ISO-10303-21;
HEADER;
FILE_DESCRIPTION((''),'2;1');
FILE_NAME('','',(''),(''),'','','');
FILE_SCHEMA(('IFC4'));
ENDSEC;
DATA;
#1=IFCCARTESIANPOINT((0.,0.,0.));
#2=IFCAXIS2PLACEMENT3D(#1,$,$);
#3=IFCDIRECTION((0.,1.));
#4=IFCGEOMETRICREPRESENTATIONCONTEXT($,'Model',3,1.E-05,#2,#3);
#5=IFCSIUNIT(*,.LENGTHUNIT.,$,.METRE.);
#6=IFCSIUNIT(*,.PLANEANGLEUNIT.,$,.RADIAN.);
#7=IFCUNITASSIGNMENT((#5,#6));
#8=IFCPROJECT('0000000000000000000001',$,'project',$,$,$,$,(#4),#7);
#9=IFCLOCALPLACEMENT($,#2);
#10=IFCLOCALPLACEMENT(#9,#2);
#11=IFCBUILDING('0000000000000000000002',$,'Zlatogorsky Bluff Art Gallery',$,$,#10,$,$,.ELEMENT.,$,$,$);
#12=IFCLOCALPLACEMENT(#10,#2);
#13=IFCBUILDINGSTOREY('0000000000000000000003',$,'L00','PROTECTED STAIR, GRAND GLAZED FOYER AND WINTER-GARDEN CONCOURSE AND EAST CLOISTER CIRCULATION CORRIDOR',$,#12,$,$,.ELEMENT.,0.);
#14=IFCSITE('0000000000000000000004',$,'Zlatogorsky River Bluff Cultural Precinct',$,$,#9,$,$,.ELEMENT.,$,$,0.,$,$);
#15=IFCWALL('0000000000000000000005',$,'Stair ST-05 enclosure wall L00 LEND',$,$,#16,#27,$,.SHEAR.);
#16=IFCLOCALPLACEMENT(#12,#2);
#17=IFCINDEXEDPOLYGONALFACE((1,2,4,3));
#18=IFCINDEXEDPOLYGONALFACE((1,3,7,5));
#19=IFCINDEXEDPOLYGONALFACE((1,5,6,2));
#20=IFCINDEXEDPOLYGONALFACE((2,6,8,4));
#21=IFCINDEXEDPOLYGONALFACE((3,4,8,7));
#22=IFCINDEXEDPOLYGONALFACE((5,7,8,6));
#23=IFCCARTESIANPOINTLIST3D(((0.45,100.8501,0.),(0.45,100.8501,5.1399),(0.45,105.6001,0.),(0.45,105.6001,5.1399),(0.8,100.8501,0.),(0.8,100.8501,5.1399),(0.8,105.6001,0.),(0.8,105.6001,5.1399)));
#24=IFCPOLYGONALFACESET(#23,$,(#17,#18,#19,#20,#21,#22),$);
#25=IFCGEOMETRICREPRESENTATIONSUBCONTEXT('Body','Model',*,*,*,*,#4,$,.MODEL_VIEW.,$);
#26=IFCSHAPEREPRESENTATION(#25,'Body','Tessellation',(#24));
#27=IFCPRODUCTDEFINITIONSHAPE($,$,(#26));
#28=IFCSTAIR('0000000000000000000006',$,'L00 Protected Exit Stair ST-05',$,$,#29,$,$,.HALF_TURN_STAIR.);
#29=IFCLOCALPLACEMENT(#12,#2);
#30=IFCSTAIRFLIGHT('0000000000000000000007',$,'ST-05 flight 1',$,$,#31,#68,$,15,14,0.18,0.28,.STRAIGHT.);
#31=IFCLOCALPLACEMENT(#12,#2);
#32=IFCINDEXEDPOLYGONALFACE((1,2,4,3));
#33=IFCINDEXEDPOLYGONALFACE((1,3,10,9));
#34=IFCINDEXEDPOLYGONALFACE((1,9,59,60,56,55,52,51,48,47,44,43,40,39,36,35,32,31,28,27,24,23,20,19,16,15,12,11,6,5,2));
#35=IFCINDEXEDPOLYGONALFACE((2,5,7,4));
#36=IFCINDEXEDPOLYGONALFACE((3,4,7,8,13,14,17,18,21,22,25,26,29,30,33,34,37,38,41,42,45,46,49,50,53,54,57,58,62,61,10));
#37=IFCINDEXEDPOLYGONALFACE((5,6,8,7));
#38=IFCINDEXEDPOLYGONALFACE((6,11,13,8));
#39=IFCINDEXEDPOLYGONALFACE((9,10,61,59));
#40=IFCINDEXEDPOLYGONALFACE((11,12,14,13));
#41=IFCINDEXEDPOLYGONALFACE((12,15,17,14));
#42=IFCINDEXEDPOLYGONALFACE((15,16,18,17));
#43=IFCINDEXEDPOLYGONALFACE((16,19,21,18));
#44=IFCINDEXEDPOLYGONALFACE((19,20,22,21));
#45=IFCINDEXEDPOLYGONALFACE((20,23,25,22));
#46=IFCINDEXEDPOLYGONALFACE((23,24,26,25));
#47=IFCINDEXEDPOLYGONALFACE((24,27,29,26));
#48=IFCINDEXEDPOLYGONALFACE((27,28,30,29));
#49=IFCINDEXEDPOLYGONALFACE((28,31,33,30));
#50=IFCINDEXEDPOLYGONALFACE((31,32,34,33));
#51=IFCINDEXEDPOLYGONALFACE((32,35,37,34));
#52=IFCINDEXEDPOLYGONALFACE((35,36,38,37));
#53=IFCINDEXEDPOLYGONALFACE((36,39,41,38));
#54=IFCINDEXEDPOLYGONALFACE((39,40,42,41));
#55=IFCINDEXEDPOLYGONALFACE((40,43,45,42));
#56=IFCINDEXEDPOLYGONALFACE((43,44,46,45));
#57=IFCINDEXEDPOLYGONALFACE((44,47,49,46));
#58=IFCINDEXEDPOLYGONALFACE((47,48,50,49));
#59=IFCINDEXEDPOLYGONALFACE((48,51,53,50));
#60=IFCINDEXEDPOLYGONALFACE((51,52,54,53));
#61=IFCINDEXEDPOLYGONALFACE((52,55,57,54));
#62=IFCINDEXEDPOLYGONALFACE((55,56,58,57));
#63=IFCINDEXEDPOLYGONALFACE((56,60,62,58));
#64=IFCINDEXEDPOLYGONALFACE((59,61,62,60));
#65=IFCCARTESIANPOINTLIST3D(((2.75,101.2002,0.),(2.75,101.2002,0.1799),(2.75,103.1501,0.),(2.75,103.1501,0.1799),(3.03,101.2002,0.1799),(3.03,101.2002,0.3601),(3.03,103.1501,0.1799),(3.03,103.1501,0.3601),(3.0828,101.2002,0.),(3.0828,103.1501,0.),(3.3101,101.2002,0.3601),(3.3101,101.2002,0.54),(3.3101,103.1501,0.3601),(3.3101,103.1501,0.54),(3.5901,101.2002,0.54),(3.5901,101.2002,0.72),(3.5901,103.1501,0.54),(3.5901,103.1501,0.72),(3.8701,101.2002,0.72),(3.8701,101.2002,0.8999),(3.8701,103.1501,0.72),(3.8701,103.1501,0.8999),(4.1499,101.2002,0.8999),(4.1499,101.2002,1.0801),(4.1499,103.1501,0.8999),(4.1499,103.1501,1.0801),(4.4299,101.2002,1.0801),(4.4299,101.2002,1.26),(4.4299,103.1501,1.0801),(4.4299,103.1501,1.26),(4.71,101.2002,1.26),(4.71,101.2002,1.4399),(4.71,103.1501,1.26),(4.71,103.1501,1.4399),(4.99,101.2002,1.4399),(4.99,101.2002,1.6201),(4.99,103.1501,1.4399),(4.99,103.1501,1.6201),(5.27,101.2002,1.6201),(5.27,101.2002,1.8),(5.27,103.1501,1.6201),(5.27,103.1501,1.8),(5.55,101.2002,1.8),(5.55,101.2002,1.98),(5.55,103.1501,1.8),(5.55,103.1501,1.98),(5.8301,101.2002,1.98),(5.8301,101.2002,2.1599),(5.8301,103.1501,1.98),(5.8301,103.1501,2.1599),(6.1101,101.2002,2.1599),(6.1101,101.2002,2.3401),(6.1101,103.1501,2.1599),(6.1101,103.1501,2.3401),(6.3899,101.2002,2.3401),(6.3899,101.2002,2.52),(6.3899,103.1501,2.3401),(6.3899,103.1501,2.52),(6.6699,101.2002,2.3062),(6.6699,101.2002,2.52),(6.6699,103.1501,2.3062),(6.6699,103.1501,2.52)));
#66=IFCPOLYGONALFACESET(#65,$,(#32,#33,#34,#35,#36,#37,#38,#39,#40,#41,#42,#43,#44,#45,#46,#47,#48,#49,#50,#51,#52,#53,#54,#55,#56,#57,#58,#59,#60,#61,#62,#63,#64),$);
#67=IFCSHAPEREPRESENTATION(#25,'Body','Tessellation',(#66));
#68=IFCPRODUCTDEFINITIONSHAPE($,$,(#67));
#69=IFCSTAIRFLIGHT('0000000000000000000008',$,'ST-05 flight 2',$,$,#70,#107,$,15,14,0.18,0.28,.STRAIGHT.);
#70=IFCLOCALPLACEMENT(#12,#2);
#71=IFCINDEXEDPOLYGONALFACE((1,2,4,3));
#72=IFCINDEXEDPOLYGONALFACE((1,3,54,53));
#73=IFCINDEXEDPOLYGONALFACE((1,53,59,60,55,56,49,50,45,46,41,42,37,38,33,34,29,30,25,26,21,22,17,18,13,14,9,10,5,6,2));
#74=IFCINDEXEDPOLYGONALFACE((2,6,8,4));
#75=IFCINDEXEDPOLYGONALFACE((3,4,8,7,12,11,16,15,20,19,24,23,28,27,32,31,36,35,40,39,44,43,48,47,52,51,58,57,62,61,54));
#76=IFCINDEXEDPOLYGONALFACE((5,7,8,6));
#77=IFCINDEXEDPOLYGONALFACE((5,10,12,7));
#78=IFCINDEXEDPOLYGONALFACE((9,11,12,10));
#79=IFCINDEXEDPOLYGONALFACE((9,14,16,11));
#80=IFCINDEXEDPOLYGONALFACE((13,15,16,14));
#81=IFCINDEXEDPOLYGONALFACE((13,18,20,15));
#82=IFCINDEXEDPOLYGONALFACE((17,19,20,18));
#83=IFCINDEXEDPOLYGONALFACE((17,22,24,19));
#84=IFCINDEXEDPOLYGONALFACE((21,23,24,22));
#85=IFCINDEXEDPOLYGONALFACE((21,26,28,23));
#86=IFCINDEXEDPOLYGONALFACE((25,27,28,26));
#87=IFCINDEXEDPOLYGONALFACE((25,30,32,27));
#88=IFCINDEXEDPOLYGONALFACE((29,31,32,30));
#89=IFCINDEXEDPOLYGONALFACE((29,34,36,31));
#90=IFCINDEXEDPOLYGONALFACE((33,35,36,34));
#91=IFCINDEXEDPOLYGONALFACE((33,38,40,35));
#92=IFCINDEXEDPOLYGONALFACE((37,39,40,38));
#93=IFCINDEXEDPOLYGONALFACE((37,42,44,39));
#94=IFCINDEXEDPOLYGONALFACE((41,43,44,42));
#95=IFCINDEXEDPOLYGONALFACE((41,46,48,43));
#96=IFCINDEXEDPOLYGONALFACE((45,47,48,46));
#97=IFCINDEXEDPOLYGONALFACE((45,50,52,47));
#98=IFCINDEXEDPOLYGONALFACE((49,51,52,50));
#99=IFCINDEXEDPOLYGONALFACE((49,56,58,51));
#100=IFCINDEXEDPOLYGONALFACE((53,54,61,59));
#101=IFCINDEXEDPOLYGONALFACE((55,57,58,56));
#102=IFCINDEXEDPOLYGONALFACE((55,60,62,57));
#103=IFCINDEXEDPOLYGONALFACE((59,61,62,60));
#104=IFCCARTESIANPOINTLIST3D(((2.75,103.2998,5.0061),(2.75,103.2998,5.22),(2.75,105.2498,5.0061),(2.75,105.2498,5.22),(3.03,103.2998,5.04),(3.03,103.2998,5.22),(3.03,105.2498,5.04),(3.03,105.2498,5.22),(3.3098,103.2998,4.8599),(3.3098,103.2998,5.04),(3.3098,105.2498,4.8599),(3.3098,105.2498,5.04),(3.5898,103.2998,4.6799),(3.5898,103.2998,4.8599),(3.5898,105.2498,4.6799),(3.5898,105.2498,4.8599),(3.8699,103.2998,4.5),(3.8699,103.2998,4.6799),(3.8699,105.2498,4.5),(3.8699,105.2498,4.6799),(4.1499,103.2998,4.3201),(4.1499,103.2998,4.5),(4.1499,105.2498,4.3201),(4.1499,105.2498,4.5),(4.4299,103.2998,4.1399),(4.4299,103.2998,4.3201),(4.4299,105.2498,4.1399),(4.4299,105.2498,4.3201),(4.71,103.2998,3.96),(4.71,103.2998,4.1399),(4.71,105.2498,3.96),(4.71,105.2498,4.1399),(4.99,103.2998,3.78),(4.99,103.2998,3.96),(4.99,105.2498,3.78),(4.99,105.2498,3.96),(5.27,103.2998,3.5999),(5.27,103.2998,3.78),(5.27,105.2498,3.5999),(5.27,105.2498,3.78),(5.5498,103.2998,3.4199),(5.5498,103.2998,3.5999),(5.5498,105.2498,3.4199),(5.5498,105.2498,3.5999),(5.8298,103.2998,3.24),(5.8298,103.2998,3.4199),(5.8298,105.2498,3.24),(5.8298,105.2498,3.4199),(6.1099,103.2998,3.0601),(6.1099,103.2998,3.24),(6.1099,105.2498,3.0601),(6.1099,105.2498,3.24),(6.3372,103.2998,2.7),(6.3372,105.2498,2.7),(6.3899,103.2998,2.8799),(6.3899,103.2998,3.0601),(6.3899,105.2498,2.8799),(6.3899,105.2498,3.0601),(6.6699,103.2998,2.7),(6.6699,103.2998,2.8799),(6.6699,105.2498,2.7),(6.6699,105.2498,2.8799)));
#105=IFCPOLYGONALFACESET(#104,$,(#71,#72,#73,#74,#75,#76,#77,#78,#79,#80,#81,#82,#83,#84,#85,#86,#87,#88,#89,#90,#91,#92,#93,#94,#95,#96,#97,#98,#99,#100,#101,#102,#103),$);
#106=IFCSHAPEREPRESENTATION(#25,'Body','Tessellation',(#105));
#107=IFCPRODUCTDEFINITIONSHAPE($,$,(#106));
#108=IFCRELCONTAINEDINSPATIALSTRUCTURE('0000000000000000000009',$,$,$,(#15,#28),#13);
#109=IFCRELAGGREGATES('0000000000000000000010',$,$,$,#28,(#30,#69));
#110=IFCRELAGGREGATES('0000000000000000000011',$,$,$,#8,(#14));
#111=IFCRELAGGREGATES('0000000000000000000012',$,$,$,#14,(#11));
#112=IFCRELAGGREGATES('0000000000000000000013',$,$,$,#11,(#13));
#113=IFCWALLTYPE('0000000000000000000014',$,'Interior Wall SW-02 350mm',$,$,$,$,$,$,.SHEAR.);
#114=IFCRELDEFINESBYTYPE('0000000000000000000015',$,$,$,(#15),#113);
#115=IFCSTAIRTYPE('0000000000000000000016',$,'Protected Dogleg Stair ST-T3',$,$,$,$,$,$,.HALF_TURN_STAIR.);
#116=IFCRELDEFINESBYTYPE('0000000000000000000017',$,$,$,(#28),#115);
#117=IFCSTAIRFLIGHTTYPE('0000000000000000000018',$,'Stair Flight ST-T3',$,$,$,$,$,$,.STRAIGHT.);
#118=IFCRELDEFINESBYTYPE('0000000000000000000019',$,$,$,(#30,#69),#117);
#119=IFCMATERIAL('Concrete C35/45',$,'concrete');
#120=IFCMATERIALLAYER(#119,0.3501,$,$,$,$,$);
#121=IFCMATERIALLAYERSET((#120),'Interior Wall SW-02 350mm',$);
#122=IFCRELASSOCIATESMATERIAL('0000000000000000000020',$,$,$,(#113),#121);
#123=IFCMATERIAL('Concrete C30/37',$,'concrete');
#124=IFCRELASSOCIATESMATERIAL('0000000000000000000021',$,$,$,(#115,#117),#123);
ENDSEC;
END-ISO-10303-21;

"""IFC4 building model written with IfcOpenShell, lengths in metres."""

from ifc_helpers import new_model, si_unit, direction, frame, frame_2d, origin, place, context, subcontext, project, spatial, polyline, rectangle, outline, extrude, material, layer, layer_set, type_object, element, aggregate, save


model = new_model("IFC4")

# Units and contexts
model_context = context("Model", 3, precision=1e-05, world=origin(), true_north=direction((0.0, 1.0)))
body_context = subcontext(model_context, "Body", "Model", "MODEL_VIEW")
ifc_project = project(units=[si_unit("LENGTHUNIT", "METRE"), si_unit("PLANEANGLEUNIT", "RADIAN")], contexts=[model_context])

# Site, building, storey
site_placement = place(None, origin())
site = spatial("IfcSite", under=ifc_project, at=site_placement, Name="Zlatogorsky River Bluff Cultural Precinct", CompositionType="ELEMENT", RefElevation=0.0)
building_placement = place(site_placement, origin())
building = spatial("IfcBuilding", under=site, at=building_placement, Name="Zlatogorsky Bluff Art Gallery", CompositionType="ELEMENT")
storey_placement = place(building_placement, origin())
storey = spatial("IfcBuildingStorey", under=building, at=storey_placement, Name="L00", Description="PROTECTED STAIR, GRAND GLAZED FOYER AND WINTER-GARDEN CONCOURSE AND EAST CLOISTER CIRCULATION CORRIDOR", CompositionType="ELEMENT", Elevation=0.0)

# Shared definitions
ifc_material_1 = material(Name="Concrete C30/37", Category="concrete")

# Shared definitions
ifc_material_2 = material(Name="Concrete C35/45", Category="concrete")
ifc_layer_1 = layer(ifc_material_2, 0.3501)
ifc_layer_set_1 = layer_set([ifc_layer_1], Name="Interior Wall SW-02 350mm")
wall_type_1 = type_object("IfcWallType", Name="Interior Wall SW-02 350mm", PredefinedType="SHEAR", material=ifc_layer_set_1)

# Wall
wall_1_placement = place(storey_placement, frame((0.625, 105.6001, 0.0), z_axis=(0.0, 0.0, 1.0), x_axis=(0.0, -1.0, 0.0)))
element("IfcWall", 1, at=wall_1_placement, inside=storey, type_object=wall_type_1, Name="Stair ST-05 enclosure wall L00 LEND", PredefinedType="SHEAR", context=body_context, shape_type="SweptSolid", body=[
    extrude(rectangle(XDim=4.75, YDim=0.3501, at=frame_2d((2.375, 0.0))), origin(), (0.0, 0.0, 1.0), 5.1399),
])

# Stair, stair flights
stair_type = type_object("IfcStairType", Name="Protected Dogleg Stair ST-T3", PredefinedType="HALF_TURN_STAIR", material=ifc_material_1)
stair_placement = place(storey_placement, origin())
stair = element("IfcStair", 2, at=stair_placement, inside=storey, type_object=stair_type, Name="L00 Protected Exit Stair ST-05", PredefinedType="HALF_TURN_STAIR")
stair_flight_type = type_object("IfcStairFlightType", Name="Stair Flight ST-T3", PredefinedType="STRAIGHT", material=ifc_material_1)
stair_flight_1_placement = place(storey_placement, frame((2.75, 102.175, 0.0), z_axis=(0.0, 0.0, 1.0), x_axis=(1.0, 0.0, 0.0)))
stair_flight_1 = element("IfcStairFlight", 3, at=stair_flight_1_placement, type_object=stair_flight_type, Name="ST-05 flight 1", NumberOfRisers=15, NumberOfTreads=14, PredefinedType="STRAIGHT", RiserHeight=0.18, TreadLength=0.28, context=body_context, shape_type="SweptSolid", body=[
    extrude(outline(polyline([(0.0, 0.0), (0.0, 0.1799), (0.28, 0.1799), (0.28, 0.3601), (0.5601, 0.3601), (0.5601, 0.54), (0.8401, 0.54), (0.8401, 0.72), (1.1201, 0.72), (1.1201, 0.8999), (1.3999, 0.8999), (1.3999, 1.0801), (1.6799, 1.0801), (1.6799, 1.26), (1.96, 1.26), (1.96, 1.4399), (2.24, 1.4399), (2.24, 1.6201), (2.52, 1.6201), (2.52, 1.8), (2.8, 1.8), (2.8, 1.98), (3.0801, 1.98), (3.0801, 2.1599), (3.3601, 2.1599), (3.3601, 2.3401), (3.6399, 2.3401), (3.6399, 2.52), (3.9199, 2.52), (3.9199, 2.7), (3.9199, 2.3062), (0.3328, 0.0), (0.0, 0.0)])), frame((0.0, 0.9751, 0.0), z_axis=(0.0, -1.0, 0.0), x_axis=(1.0, 0.0, 0.0)), (0.0, 0.0, 1.0), 1.95),
])
stair_flight_2_placement = place(storey_placement, frame((6.6699, 104.2749, 2.7), z_axis=(0.0, 0.0, 1.0), x_axis=(-1.0, 0.0, 0.0)))
stair_flight_2 = element("IfcStairFlight", 4, at=stair_flight_2_placement, type_object=stair_flight_type, Name="ST-05 flight 2", NumberOfRisers=15, NumberOfTreads=14, PredefinedType="STRAIGHT", RiserHeight=0.18, TreadLength=0.28, context=body_context, shape_type="SweptSolid", body=[
    extrude(outline(polyline([(0.0, 0.0), (0.0, 0.1799), (0.28, 0.1799), (0.28, 0.3601), (0.5601, 0.3601), (0.5601, 0.54), (0.8401, 0.54), (0.8401, 0.72), (1.1201, 0.72), (1.1201, 0.8999), (1.3999, 0.8999), (1.3999, 1.0801), (1.6799, 1.0801), (1.6799, 1.26), (1.96, 1.26), (1.96, 1.4399), (2.24, 1.4399), (2.24, 1.6201), (2.52, 1.6201), (2.52, 1.8), (2.8, 1.8), (2.8, 1.98), (3.0801, 1.98), (3.0801, 2.1599), (3.3601, 2.1599), (3.3601, 2.3401), (3.6399, 2.3401), (3.6399, 2.52), (3.9199, 2.52), (3.9199, 2.7), (3.9199, 2.3062), (0.3328, 0.0), (0.0, 0.0)])), frame((0.0, 0.9751, 0.0), z_axis=(0.0, -1.0, 0.0), x_axis=(1.0, 0.0, 0.0)), (0.0, 0.0, 1.0), 1.95),
])
aggregate(stair, [stair_flight_1, stair_flight_2])

save(model, "model.ifc")
